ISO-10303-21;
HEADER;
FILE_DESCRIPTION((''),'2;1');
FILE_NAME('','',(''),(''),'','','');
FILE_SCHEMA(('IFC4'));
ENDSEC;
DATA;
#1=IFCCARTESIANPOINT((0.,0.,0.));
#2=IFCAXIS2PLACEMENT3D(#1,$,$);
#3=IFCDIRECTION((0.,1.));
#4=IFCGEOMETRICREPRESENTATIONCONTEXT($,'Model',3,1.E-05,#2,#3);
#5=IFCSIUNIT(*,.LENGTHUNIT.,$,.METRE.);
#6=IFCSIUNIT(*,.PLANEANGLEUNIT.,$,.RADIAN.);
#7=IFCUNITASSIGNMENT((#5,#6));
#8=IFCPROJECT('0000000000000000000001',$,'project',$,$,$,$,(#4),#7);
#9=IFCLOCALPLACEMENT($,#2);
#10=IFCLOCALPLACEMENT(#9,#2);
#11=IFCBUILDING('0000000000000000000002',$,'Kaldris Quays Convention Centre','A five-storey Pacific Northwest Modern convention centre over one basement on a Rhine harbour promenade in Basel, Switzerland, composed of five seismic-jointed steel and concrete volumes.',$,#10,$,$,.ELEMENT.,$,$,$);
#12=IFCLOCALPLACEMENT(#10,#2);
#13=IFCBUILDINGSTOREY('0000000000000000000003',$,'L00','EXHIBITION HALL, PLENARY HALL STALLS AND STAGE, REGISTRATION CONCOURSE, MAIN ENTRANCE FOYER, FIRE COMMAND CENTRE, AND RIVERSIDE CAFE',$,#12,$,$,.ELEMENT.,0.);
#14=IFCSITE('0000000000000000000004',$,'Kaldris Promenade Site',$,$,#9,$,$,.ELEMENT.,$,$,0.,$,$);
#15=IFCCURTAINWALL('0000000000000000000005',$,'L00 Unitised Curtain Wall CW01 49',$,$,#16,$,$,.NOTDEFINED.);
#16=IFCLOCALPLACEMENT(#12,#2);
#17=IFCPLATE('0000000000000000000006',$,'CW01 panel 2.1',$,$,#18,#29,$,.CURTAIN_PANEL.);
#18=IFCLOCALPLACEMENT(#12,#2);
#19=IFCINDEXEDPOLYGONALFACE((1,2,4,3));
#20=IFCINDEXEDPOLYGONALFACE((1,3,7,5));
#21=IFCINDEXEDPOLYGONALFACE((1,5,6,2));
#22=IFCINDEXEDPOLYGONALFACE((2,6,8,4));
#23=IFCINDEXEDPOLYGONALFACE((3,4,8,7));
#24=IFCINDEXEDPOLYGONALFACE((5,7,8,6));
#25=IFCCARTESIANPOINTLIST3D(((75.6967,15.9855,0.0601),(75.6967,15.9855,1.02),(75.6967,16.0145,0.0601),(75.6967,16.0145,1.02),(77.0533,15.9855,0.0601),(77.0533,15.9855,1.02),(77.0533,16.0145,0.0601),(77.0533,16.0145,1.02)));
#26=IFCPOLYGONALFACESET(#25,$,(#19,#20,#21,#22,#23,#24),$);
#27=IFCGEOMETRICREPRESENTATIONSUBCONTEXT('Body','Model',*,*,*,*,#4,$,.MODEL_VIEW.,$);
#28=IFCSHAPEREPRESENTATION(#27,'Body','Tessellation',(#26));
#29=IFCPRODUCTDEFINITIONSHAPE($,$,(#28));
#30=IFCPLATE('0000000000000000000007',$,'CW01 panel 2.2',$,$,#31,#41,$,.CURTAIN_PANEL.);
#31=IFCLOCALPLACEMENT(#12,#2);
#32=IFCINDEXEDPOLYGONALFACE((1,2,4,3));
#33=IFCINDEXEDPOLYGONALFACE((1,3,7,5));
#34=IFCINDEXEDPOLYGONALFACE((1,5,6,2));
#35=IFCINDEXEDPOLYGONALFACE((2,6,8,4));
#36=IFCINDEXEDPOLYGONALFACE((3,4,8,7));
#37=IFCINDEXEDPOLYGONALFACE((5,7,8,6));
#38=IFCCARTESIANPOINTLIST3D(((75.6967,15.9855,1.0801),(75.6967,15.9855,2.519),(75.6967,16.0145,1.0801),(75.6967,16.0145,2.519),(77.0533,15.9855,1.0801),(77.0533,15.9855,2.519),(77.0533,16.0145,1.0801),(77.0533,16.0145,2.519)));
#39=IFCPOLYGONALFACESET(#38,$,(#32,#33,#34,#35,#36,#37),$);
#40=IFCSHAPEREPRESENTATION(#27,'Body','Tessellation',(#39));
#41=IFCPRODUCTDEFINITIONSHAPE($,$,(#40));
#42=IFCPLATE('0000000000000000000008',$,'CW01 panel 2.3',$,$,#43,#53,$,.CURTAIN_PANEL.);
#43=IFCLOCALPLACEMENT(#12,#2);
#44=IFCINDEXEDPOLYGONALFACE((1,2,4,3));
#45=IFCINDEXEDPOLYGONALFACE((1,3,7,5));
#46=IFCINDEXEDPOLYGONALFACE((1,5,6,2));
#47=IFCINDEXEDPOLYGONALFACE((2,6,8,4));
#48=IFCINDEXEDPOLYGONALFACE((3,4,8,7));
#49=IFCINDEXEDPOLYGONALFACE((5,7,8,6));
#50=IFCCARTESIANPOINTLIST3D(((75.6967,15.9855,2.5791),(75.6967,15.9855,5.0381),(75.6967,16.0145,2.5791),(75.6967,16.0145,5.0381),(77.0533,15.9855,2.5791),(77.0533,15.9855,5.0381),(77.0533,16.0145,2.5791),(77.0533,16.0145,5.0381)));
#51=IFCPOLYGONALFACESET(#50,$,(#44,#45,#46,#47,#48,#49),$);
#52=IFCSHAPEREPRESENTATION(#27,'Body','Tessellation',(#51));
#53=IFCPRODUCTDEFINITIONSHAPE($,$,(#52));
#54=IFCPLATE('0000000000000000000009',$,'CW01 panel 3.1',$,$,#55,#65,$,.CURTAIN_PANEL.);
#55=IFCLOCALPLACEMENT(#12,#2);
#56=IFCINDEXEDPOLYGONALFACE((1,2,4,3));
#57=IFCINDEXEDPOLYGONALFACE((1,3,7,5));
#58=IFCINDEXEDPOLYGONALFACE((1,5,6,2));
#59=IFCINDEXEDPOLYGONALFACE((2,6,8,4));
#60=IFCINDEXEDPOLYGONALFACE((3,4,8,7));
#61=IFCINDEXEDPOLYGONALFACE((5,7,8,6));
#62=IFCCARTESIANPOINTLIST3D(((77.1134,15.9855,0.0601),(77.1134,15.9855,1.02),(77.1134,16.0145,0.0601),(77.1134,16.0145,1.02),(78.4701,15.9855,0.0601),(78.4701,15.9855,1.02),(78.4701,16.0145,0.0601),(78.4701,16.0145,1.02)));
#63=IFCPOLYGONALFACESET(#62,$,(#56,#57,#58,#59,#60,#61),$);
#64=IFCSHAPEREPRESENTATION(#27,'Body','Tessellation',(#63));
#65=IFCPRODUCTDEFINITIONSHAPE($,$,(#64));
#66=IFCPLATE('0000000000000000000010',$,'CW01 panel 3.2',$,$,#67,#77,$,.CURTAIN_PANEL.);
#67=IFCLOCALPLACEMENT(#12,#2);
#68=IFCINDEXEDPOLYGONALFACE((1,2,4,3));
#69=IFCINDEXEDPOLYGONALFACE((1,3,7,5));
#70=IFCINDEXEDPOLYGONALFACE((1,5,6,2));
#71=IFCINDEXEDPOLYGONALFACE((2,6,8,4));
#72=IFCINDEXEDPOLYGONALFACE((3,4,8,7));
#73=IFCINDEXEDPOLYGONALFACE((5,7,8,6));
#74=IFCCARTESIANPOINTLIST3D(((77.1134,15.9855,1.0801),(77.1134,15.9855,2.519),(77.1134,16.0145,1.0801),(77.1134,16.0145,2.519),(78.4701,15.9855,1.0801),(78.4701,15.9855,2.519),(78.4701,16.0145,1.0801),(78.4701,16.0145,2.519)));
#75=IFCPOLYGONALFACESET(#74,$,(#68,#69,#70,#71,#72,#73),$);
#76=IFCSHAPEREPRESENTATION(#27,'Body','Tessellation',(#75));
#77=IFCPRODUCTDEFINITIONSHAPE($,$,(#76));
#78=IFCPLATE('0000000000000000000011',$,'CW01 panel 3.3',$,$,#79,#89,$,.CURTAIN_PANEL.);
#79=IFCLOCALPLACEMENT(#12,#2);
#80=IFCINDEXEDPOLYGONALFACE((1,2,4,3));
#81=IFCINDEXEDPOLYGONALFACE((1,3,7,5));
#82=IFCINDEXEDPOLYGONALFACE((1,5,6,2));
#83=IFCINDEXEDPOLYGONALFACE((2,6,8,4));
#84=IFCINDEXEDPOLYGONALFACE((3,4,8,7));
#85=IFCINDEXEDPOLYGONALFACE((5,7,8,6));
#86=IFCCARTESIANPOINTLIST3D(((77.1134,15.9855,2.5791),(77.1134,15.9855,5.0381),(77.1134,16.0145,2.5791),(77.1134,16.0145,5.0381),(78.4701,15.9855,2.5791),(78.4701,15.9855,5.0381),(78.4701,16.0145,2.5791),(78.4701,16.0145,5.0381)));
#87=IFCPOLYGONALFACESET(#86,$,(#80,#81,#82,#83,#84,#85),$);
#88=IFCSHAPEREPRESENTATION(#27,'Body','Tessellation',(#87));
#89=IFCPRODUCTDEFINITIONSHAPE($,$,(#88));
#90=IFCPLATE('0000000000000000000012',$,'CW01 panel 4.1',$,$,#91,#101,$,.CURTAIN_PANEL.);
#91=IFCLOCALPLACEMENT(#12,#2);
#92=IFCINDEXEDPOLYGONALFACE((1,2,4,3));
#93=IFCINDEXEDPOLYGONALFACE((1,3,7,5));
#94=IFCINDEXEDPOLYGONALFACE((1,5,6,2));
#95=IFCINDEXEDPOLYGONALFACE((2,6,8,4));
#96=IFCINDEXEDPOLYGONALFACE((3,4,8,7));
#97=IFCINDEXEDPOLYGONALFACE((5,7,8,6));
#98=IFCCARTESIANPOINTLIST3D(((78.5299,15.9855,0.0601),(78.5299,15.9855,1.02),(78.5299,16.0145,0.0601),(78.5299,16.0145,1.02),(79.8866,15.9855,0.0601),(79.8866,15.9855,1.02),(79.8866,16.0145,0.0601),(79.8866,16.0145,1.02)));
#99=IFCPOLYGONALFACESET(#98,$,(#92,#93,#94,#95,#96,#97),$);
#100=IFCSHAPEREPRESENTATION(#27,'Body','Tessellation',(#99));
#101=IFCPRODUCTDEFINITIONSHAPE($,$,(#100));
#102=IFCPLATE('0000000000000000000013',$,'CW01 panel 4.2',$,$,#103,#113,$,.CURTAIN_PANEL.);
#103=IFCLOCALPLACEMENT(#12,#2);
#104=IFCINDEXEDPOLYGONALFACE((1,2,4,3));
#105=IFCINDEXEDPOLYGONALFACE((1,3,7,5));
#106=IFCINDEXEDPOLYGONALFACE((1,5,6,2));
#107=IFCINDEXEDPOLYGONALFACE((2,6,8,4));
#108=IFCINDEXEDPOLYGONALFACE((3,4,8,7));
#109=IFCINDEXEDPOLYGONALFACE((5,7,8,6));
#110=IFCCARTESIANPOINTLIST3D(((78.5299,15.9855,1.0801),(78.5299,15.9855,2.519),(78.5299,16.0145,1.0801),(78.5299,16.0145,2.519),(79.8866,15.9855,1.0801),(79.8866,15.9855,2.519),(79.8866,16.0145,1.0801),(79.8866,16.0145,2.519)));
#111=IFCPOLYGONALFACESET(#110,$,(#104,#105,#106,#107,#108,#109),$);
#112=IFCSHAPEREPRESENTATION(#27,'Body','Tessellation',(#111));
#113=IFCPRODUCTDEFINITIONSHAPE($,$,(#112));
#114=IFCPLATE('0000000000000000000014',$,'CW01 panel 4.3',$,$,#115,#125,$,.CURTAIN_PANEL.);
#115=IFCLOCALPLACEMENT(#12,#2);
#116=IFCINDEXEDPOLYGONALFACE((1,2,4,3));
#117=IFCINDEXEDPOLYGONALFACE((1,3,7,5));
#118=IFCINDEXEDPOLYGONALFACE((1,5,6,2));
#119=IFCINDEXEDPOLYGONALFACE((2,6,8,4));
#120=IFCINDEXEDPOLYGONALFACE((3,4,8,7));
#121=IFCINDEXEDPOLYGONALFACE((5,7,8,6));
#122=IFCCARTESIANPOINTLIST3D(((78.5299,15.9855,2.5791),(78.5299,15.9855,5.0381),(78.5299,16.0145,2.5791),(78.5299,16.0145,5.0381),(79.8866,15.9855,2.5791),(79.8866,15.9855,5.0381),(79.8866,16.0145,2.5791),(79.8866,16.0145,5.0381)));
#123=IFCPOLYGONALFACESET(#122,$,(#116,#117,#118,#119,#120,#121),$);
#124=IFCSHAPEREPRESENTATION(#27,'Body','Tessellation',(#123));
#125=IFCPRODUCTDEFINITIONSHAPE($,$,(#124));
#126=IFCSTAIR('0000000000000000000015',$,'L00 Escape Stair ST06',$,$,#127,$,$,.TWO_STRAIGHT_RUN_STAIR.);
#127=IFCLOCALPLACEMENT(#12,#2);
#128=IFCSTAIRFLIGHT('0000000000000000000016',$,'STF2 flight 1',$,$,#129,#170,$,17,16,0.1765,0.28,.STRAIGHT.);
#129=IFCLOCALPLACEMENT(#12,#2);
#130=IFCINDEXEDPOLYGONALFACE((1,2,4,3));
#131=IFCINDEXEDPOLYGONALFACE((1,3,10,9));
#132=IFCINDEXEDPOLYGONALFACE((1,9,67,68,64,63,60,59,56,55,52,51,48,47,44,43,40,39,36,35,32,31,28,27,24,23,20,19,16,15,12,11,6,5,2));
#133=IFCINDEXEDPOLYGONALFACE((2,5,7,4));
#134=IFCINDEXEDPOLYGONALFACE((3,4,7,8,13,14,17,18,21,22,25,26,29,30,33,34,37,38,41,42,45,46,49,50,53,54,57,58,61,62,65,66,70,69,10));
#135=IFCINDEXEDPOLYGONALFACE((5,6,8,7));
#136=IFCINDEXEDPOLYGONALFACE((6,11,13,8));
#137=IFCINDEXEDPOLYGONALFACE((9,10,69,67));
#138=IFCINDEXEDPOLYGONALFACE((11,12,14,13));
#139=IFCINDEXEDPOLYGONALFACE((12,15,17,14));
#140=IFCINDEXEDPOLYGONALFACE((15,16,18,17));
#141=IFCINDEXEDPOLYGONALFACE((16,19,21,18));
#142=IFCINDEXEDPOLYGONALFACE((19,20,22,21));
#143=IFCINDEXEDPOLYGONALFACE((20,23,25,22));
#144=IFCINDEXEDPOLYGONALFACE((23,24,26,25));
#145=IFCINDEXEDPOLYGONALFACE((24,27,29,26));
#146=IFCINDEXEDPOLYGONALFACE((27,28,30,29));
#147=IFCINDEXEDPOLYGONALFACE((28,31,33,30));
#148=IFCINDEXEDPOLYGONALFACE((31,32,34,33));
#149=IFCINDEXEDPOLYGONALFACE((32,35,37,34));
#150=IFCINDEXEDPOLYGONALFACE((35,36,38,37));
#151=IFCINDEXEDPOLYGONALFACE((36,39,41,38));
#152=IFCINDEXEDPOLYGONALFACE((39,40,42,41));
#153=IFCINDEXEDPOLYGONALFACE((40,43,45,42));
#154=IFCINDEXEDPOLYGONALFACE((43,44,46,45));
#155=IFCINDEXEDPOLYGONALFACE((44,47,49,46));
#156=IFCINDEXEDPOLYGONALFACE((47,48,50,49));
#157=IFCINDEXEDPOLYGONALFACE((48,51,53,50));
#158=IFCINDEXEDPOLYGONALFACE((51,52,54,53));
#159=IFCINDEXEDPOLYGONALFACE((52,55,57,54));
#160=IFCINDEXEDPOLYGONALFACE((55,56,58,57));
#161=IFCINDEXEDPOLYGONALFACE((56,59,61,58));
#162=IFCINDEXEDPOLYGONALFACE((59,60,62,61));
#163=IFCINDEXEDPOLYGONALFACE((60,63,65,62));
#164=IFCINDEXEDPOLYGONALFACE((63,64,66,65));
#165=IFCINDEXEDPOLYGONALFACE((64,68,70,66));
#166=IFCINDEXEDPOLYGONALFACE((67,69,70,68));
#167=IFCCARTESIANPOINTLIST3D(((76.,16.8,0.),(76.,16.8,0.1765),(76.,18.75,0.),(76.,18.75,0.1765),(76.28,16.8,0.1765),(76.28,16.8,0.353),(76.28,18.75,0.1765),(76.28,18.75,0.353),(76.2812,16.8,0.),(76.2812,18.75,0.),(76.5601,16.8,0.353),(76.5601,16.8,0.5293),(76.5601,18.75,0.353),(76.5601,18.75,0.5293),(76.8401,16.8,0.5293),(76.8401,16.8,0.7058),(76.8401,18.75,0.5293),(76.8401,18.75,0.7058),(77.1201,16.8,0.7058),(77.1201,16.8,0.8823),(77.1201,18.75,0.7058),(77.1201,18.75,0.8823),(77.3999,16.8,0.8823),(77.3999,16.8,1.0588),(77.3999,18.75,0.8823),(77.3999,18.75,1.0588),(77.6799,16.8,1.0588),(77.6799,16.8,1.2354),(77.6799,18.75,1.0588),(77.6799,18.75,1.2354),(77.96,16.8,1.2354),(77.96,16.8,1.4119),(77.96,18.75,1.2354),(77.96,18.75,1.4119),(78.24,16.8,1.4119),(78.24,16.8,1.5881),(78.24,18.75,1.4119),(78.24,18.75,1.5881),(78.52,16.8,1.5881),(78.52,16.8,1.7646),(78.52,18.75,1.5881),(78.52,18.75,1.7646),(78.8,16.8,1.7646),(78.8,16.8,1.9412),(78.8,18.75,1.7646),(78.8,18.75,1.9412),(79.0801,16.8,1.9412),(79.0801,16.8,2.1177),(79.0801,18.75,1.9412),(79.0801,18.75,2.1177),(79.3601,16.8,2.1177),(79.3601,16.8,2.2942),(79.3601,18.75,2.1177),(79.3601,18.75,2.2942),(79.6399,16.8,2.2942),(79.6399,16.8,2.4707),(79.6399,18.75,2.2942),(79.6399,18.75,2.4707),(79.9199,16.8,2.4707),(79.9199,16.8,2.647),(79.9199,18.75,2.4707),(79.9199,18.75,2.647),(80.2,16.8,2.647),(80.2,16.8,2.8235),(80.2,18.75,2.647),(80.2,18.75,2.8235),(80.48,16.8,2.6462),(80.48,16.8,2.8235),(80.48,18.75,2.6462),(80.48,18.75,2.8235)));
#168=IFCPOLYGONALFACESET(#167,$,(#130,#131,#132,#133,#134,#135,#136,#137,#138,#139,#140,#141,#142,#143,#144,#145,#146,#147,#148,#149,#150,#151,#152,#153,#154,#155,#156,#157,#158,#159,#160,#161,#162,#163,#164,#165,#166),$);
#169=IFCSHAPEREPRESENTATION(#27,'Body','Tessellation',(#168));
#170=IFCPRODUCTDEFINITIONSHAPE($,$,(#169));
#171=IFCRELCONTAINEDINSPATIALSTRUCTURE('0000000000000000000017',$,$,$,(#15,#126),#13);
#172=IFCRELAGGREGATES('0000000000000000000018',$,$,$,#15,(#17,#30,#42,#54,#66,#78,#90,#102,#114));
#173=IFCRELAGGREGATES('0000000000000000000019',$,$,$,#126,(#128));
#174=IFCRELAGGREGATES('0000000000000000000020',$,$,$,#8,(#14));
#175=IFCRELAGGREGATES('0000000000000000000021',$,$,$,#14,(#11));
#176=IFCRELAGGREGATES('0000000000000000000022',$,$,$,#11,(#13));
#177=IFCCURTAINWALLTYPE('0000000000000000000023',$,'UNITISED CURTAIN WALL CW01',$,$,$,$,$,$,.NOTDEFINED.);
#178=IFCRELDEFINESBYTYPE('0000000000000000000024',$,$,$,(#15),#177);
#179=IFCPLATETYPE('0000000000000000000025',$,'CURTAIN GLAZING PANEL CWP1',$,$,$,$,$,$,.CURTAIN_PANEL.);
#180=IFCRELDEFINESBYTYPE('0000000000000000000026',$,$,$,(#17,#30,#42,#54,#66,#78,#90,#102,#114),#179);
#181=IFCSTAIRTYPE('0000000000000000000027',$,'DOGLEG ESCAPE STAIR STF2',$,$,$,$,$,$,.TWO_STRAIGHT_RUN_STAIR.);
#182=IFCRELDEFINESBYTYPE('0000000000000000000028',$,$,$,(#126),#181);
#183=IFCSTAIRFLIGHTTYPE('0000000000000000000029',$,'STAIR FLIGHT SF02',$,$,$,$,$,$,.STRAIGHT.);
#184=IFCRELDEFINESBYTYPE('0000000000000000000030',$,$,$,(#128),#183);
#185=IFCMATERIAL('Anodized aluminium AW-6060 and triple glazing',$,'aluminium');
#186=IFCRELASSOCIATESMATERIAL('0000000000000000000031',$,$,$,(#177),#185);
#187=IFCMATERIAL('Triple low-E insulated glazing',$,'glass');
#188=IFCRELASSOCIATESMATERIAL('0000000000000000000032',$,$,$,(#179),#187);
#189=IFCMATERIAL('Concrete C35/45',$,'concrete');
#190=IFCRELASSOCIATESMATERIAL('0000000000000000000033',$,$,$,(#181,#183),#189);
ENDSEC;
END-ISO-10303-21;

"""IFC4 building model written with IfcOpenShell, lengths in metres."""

from ifc_helpers import new_model, si_unit, direction, frame, origin, origin_2d, place, context, subcontext, project, spatial, polyline, rectangle, outline, extrude, material, type_object, element, aggregate, save


model = new_model("IFC4")

# Units and contexts
model_context = context("Model", 3, precision=1e-05, world=origin(), true_north=direction((0.0, 1.0)))
body_context = subcontext(model_context, "Body", "Model", "MODEL_VIEW")
ifc_project = project(units=[si_unit("LENGTHUNIT", "METRE"), si_unit("PLANEANGLEUNIT", "RADIAN")], contexts=[model_context])

# Site, building, storey
site_placement = place(None, origin())
site = spatial("IfcSite", under=ifc_project, at=site_placement, Name="Kaldris Promenade Site", CompositionType="ELEMENT", RefElevation=0.0)
building_placement = place(site_placement, origin())
building = spatial("IfcBuilding", under=site, at=building_placement, Name="Kaldris Quays Convention Centre", Description="A five-storey Pacific Northwest Modern convention centre over one basement on a Rhine harbour promenade in Basel, Switzerland, composed of five seismic-jointed steel and concrete volumes.", CompositionType="ELEMENT")
storey_placement = place(building_placement, origin())
storey = spatial("IfcBuildingStorey", under=building, at=storey_placement, Name="L00", Description="EXHIBITION HALL, PLENARY HALL STALLS AND STAGE, REGISTRATION CONCOURSE, MAIN ENTRANCE FOYER, FIRE COMMAND CENTRE, AND RIVERSIDE CAFE", CompositionType="ELEMENT", Elevation=0.0)

# Curtain wall, plates
ifc_material_1 = material(Name="Anodized aluminium AW-6060 and triple glazing", Category="aluminium")
curtain_wall_type = type_object("IfcCurtainWallType", Name="UNITISED CURTAIN WALL CW01", PredefinedType="NOTDEFINED", material=ifc_material_1)
curtain_wall_placement = place(storey_placement, origin())
curtain_wall = element("IfcCurtainWall", 1, at=curtain_wall_placement, inside=storey, type_object=curtain_wall_type, Name="L00 Unitised Curtain Wall CW01 49", PredefinedType="NOTDEFINED")
ifc_material_2 = material(Name="Triple low-E insulated glazing", Category="glass")
plate_type = type_object("IfcPlateType", Name="CURTAIN GLAZING PANEL CWP1", PredefinedType="CURTAIN_PANEL", material=ifc_material_2)
plate_1_placement = place(storey_placement, frame((76.375, 16.0, 0.0601), z_axis=(0.0, 0.0, 1.0), x_axis=(1.0, 0.0, 0.0)))
plate_1 = element("IfcPlate", 2, at=plate_1_placement, type_object=plate_type, Name="CW01 panel 2.1", PredefinedType="CURTAIN_PANEL", context=body_context, shape_type="SweptSolid", body=[
    extrude(rectangle(XDim=1.3567, YDim=0.0291, at=origin_2d()), origin(), (0.0, 0.0, 1.0), 0.96),
])
plate_2_placement = place(storey_placement, frame((76.375, 16.0, 1.0801), z_axis=(0.0, 0.0, 1.0), x_axis=(1.0, 0.0, 0.0)))
plate_2 = element("IfcPlate", 3, at=plate_2_placement, type_object=plate_type, Name="CW01 panel 2.2", PredefinedType="CURTAIN_PANEL", context=body_context, shape_type="SweptSolid", body=[
    extrude(rectangle(XDim=1.3567, YDim=0.0291, at=origin_2d()), origin(), (0.0, 0.0, 1.0), 1.439),
])
plate_3_placement = place(storey_placement, frame((76.375, 16.0, 2.5791), z_axis=(0.0, 0.0, 1.0), x_axis=(1.0, 0.0, 0.0)))
plate_3 = element("IfcPlate", 4, at=plate_3_placement, type_object=plate_type, Name="CW01 panel 2.3", PredefinedType="CURTAIN_PANEL", context=body_context, shape_type="SweptSolid", body=[
    extrude(rectangle(XDim=1.3567, YDim=0.0291, at=origin_2d()), origin(), (0.0, 0.0, 1.0), 2.459),
])
plate_4_placement = place(storey_placement, frame((77.7917, 16.0, 0.0601), z_axis=(0.0, 0.0, 1.0), x_axis=(1.0, 0.0, 0.0)))
plate_4 = element("IfcPlate", 5, at=plate_4_placement, type_object=plate_type, Name="CW01 panel 3.1", PredefinedType="CURTAIN_PANEL", context=body_context, shape_type="SweptSolid", body=[
    extrude(rectangle(XDim=1.3567, YDim=0.0291, at=origin_2d()), origin(), (0.0, 0.0, 1.0), 0.96),
])
plate_5_placement = place(storey_placement, frame((77.7917, 16.0, 1.0801), z_axis=(0.0, 0.0, 1.0), x_axis=(1.0, 0.0, 0.0)))
plate_5 = element("IfcPlate", 6, at=plate_5_placement, type_object=plate_type, Name="CW01 panel 3.2", PredefinedType="CURTAIN_PANEL", context=body_context, shape_type="SweptSolid", body=[
    extrude(rectangle(XDim=1.3567, YDim=0.0291, at=origin_2d()), origin(), (0.0, 0.0, 1.0), 1.439),
])
plate_6_placement = place(storey_placement, frame((77.7917, 16.0, 2.5791), z_axis=(0.0, 0.0, 1.0), x_axis=(1.0, 0.0, 0.0)))
plate_6 = element("IfcPlate", 7, at=plate_6_placement, type_object=plate_type, Name="CW01 panel 3.3", PredefinedType="CURTAIN_PANEL", context=body_context, shape_type="SweptSolid", body=[
    extrude(rectangle(XDim=1.3567, YDim=0.0291, at=origin_2d()), origin(), (0.0, 0.0, 1.0), 2.459),
])
plate_7_placement = place(storey_placement, frame((79.2083, 16.0, 0.0601), z_axis=(0.0, 0.0, 1.0), x_axis=(1.0, 0.0, 0.0)))
plate_7 = element("IfcPlate", 8, at=plate_7_placement, type_object=plate_type, Name="CW01 panel 4.1", PredefinedType="CURTAIN_PANEL", context=body_context, shape_type="SweptSolid", body=[
    extrude(rectangle(XDim=1.3567, YDim=0.0291, at=origin_2d()), origin(), (0.0, 0.0, 1.0), 0.96),
])
plate_8_placement = place(storey_placement, frame((79.2083, 16.0, 1.0801), z_axis=(0.0, 0.0, 1.0), x_axis=(1.0, 0.0, 0.0)))
plate_8 = element("IfcPlate", 9, at=plate_8_placement, type_object=plate_type, Name="CW01 panel 4.2", PredefinedType="CURTAIN_PANEL", context=body_context, shape_type="SweptSolid", body=[
    extrude(rectangle(XDim=1.3567, YDim=0.0291, at=origin_2d()), origin(), (0.0, 0.0, 1.0), 1.439),
])
plate_9_placement = place(storey_placement, frame((79.2083, 16.0, 2.5791), z_axis=(0.0, 0.0, 1.0), x_axis=(1.0, 0.0, 0.0)))
plate_9 = element("IfcPlate", 10, at=plate_9_placement, type_object=plate_type, Name="CW01 panel 4.3", PredefinedType="CURTAIN_PANEL", context=body_context, shape_type="SweptSolid", body=[
    extrude(rectangle(XDim=1.3567, YDim=0.0291, at=origin_2d()), origin(), (0.0, 0.0, 1.0), 2.459),
])
aggregate(curtain_wall, [plate_1, plate_2, plate_3, plate_4, plate_5, plate_6, plate_7, plate_8, plate_9])

# Stair, stair flight
ifc_material_3 = material(Name="Concrete C35/45", Category="concrete")
stair_type = type_object("IfcStairType", Name="DOGLEG ESCAPE STAIR STF2", PredefinedType="TWO_STRAIGHT_RUN_STAIR", material=ifc_material_3)
stair_placement = place(storey_placement, origin())
stair = element("IfcStair", 11, at=stair_placement, inside=storey, type_object=stair_type, Name="L00 Escape Stair ST06", PredefinedType="TWO_STRAIGHT_RUN_STAIR")
stair_flight_type = type_object("IfcStairFlightType", Name="STAIR FLIGHT SF02", PredefinedType="STRAIGHT", material=ifc_material_3)
stair_flight_placement = place(storey_placement, frame((76.0, 17.7749, 0.0), z_axis=(0.0, 0.0, 1.0), x_axis=(1.0, 0.0, 0.0)))
stair_flight = element("IfcStairFlight", 12, at=stair_flight_placement, type_object=stair_flight_type, Name="STF2 flight 1", NumberOfRisers=17, NumberOfTreads=16, PredefinedType="STRAIGHT", RiserHeight=0.1765, TreadLength=0.28, context=body_context, shape_type="SweptSolid", body=[
    extrude(outline(polyline([(0.0, 0.0), (0.0, 0.1765), (0.28, 0.1765), (0.28, 0.353), (0.5601, 0.353), (0.5601, 0.5293), (0.8401, 0.5293), (0.8401, 0.7058), (1.1201, 0.7058), (1.1201, 0.8823), (1.3999, 0.8823), (1.3999, 1.0588), (1.6799, 1.0588), (1.6799, 1.2354), (1.96, 1.2354), (1.96, 1.4119), (2.24, 1.4119), (2.24, 1.5881), (2.52, 1.5881), (2.52, 1.7646), (2.8, 1.7646), (2.8, 1.9412), (3.0801, 1.9412), (3.0801, 2.1177), (3.3601, 2.1177), (3.3601, 2.2942), (3.6399, 2.2942), (3.6399, 2.4707), (3.9199, 2.4707), (3.9199, 2.647), (4.2, 2.647), (4.2, 2.8235), (4.48, 2.8235), (4.48, 3.0), (4.48, 2.6462), (0.2812, 0.0), (0.0, 0.0)])), frame((0.0, 0.9751, 0.0), z_axis=(0.0, -1.0, 0.0), x_axis=(1.0, 0.0, 0.0)), (0.0, 0.0, 1.0), 1.95),
])
aggregate(stair, [stair_flight])

save(model, "model.ifc")
